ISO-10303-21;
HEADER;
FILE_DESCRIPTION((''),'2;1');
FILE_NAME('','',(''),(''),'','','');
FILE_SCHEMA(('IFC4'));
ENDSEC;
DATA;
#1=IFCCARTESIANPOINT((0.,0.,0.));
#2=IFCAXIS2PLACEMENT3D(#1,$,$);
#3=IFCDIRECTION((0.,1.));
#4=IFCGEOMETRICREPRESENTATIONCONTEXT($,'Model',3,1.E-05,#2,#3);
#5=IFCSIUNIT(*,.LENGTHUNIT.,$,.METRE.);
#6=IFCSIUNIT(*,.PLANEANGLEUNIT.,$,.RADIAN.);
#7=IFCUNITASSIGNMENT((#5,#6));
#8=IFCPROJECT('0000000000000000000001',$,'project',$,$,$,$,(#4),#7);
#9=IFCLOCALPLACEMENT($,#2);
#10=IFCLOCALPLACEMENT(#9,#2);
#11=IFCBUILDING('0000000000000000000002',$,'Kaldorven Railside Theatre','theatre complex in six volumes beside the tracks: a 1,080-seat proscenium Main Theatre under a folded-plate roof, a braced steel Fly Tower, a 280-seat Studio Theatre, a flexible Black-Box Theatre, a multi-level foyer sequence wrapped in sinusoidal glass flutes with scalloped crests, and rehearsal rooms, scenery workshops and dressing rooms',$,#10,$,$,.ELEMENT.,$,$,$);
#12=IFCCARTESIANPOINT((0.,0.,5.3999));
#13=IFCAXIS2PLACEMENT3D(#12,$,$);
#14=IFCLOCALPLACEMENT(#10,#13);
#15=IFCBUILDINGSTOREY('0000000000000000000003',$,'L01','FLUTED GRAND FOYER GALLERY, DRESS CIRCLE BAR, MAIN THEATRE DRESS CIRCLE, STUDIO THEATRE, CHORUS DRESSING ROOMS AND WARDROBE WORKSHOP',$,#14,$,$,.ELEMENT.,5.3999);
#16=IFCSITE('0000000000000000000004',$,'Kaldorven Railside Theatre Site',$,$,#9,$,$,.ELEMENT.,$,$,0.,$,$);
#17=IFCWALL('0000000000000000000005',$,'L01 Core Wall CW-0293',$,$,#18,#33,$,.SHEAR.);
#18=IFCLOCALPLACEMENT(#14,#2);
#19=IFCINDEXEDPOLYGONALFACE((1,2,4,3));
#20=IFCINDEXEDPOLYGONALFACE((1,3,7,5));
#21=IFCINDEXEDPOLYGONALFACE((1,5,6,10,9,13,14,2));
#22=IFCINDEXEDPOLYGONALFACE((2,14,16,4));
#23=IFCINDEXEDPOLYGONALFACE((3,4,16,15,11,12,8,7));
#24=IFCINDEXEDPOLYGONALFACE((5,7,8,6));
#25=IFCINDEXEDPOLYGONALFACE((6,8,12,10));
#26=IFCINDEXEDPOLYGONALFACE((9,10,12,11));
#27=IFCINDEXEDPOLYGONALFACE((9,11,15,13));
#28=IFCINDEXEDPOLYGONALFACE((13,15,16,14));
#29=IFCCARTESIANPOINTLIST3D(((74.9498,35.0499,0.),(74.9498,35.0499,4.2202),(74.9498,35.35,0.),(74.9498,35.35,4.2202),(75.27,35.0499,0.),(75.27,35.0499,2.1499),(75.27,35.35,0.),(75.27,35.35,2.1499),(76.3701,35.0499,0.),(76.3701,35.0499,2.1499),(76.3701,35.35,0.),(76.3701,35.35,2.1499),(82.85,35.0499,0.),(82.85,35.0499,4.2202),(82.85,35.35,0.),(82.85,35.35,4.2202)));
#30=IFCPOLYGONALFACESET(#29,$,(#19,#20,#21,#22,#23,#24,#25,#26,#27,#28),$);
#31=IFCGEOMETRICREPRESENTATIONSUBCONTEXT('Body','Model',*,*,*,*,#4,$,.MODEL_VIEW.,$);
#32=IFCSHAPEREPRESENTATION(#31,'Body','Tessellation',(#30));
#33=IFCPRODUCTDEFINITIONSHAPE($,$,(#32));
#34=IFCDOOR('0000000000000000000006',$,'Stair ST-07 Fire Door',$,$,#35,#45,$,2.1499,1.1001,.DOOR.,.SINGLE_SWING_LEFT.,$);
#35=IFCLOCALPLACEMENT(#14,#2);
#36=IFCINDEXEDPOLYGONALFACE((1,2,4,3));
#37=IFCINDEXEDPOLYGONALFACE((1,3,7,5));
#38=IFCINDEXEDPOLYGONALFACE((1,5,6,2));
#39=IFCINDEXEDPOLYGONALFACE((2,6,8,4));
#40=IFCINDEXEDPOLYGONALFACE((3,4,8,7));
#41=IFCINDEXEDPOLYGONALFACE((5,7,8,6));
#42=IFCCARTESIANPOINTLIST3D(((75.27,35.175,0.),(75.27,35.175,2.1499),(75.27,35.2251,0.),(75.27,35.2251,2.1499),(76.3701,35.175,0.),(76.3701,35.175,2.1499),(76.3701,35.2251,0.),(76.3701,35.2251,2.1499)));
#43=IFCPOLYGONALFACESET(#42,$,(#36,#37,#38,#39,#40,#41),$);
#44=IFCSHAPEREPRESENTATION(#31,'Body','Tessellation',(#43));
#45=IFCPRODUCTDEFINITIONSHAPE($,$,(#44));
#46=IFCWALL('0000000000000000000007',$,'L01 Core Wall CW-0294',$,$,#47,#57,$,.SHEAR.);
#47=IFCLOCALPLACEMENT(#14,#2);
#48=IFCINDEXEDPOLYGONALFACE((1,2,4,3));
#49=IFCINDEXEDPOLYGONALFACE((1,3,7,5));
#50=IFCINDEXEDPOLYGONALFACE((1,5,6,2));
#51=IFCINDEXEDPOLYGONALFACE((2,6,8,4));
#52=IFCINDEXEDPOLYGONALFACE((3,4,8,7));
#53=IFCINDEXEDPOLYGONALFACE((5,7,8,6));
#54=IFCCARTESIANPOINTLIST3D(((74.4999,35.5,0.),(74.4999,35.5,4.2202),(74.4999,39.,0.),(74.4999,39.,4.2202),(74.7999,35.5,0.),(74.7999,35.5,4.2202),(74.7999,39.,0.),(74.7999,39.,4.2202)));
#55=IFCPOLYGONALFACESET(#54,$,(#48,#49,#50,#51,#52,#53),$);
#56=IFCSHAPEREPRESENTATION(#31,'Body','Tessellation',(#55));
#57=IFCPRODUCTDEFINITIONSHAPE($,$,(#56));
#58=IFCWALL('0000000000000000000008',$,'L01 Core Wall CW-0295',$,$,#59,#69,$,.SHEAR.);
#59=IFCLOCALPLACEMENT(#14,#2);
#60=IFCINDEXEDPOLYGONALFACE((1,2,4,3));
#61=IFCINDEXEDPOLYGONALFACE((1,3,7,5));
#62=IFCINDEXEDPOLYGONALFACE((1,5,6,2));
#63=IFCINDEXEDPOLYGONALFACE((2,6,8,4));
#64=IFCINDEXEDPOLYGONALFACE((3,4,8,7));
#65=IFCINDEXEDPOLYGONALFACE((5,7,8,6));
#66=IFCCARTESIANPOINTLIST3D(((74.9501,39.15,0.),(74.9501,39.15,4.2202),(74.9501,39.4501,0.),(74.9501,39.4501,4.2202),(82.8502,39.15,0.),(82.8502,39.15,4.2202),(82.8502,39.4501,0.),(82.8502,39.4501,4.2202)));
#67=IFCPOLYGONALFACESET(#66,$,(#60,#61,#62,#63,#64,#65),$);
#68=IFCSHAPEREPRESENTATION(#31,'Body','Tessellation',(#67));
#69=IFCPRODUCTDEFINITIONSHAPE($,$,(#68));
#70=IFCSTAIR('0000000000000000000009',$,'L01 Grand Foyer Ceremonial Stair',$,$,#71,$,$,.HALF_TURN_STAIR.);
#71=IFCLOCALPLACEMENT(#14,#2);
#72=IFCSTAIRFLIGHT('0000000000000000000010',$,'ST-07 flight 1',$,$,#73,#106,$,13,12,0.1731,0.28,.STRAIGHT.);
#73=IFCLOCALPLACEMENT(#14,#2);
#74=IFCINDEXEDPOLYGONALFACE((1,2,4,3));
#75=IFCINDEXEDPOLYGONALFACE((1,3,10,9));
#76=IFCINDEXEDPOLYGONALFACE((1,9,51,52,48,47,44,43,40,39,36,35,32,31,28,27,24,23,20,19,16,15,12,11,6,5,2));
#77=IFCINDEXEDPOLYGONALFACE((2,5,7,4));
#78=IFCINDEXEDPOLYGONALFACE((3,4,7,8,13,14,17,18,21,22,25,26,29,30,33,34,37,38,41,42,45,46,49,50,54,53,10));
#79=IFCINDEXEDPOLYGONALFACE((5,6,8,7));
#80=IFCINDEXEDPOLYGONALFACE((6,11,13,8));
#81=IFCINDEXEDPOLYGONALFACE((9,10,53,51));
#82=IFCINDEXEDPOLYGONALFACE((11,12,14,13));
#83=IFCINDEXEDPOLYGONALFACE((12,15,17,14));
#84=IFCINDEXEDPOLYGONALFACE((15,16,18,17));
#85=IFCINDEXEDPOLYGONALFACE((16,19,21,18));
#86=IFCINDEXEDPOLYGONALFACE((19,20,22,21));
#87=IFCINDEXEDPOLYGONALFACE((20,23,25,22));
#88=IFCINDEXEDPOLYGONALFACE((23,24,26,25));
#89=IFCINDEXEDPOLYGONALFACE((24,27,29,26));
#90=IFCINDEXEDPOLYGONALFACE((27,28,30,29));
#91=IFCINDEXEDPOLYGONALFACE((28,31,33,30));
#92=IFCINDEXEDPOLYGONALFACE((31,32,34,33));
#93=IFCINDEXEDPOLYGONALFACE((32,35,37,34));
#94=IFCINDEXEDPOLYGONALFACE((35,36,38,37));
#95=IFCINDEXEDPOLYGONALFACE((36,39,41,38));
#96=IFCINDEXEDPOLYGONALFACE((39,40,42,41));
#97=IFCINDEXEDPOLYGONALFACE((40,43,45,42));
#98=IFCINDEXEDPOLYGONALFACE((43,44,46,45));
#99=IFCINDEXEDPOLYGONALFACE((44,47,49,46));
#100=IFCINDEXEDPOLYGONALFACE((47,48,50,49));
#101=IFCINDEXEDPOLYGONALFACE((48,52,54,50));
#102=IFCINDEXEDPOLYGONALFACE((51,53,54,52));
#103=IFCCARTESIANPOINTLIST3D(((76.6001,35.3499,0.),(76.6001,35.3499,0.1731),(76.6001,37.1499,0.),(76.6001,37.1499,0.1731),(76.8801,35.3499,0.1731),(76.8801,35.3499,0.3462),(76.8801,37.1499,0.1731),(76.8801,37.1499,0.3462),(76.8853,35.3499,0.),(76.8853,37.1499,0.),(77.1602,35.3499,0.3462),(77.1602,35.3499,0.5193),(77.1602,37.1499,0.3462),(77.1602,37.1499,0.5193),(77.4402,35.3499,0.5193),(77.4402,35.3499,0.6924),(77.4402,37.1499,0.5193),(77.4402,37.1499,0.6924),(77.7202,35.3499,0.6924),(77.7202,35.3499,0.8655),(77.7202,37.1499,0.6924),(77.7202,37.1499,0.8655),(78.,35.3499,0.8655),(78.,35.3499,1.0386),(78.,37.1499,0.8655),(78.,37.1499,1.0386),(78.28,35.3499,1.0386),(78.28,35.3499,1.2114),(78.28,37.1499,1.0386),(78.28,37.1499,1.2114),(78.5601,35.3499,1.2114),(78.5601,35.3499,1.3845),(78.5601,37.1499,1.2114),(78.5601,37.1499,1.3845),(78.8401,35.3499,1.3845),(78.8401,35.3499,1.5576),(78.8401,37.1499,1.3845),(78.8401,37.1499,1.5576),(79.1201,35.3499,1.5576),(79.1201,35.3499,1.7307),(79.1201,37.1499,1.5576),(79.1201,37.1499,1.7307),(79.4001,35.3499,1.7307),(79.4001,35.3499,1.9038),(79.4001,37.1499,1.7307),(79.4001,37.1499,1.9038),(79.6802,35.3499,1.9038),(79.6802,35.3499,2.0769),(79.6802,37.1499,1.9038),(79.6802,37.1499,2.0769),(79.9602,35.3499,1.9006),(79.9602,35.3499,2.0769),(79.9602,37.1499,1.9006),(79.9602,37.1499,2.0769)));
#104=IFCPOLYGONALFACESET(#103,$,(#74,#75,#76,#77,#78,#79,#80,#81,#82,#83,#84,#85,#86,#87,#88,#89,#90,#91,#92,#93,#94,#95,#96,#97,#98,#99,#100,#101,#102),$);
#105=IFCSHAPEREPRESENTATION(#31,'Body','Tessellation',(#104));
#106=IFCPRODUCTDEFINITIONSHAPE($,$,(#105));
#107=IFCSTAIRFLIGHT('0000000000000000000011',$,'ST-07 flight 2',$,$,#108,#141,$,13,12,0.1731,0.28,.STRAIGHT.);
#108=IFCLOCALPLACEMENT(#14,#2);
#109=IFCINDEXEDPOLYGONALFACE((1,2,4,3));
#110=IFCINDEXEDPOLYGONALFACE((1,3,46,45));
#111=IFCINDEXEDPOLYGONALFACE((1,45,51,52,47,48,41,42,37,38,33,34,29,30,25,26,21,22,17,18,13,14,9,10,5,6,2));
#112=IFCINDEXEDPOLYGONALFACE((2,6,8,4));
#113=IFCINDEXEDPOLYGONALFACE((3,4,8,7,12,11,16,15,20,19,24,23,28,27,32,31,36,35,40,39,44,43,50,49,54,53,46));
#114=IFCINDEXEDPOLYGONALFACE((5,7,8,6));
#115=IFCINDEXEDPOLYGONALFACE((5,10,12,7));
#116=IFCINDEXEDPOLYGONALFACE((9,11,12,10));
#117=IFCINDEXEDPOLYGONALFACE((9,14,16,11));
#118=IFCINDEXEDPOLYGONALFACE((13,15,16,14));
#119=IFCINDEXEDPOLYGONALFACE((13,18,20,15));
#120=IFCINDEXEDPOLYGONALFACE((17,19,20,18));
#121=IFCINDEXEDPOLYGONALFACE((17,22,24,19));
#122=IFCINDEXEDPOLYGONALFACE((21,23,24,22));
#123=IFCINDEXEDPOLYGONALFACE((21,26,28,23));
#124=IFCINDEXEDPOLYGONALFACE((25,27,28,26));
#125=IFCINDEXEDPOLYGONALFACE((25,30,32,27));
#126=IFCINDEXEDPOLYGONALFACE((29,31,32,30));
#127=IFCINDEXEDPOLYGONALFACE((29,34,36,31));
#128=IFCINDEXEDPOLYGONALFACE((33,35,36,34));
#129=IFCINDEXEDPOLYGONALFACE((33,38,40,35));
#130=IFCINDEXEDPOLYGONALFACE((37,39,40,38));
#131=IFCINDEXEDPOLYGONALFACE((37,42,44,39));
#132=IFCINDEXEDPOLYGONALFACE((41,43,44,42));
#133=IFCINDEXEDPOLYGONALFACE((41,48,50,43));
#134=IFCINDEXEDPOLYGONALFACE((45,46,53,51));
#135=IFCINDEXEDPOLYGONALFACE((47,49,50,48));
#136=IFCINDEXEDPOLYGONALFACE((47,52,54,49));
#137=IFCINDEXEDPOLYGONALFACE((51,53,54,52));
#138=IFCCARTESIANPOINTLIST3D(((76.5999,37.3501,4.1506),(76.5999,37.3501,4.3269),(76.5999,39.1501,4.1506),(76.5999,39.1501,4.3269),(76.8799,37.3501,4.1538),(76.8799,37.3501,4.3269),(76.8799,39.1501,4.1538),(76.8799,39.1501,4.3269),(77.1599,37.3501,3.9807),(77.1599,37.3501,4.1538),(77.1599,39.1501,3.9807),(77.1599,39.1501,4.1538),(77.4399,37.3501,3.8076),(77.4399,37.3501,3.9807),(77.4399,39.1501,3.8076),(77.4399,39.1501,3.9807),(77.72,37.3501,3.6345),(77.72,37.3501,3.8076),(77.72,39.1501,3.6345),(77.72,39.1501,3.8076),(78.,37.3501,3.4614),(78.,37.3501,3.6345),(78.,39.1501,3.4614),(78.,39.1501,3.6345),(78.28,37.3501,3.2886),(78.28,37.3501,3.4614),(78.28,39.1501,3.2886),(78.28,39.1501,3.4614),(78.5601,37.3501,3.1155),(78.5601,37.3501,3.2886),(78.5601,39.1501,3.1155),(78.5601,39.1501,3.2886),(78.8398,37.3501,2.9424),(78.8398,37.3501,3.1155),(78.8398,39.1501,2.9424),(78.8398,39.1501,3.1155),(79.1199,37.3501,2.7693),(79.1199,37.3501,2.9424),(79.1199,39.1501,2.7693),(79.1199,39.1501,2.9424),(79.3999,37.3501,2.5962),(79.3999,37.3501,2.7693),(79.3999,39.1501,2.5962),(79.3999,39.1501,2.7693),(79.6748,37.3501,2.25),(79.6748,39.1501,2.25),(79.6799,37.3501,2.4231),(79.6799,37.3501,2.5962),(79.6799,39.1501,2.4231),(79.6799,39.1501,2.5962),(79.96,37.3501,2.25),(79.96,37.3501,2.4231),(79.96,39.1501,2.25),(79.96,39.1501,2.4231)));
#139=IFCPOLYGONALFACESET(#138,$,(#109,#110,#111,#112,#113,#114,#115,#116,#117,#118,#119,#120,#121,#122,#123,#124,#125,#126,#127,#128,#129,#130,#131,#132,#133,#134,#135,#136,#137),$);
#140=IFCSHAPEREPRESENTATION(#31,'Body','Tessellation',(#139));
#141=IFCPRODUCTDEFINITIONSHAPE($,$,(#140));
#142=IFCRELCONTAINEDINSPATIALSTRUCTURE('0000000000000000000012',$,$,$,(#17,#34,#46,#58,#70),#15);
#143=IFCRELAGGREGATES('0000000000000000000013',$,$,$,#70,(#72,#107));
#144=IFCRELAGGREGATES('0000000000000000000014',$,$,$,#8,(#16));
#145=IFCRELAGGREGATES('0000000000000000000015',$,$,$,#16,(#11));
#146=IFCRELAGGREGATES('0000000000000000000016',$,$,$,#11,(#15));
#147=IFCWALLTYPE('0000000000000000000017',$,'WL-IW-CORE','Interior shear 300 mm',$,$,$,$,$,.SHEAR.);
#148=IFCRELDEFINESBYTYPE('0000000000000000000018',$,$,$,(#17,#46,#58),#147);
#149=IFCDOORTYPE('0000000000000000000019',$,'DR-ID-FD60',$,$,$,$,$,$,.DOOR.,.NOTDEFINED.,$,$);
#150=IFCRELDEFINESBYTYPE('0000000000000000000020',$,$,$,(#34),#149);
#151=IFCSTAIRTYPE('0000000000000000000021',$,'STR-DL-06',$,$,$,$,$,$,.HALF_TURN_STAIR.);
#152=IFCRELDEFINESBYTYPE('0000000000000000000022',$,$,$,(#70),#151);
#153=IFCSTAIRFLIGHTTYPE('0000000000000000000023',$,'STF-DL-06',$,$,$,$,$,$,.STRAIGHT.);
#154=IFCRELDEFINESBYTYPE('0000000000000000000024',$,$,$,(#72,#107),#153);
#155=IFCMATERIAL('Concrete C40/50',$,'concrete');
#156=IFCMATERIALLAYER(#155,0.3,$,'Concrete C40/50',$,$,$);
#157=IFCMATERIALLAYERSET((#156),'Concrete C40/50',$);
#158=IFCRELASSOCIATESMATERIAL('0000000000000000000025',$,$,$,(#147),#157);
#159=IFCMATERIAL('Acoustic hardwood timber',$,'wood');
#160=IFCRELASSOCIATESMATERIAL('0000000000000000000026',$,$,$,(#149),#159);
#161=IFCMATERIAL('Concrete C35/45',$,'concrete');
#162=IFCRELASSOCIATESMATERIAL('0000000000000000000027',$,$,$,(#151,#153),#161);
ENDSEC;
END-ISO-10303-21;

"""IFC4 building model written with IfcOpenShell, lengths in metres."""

from ifc_helpers import new_model, si_unit, direction, frame, frame_2d, origin, place, context, subcontext, project, spatial, polyline, rectangle, outline, extrude, material, layer, layer_set, type_object, element, fill, aggregate, save


model = new_model("IFC4")

# Units and contexts
model_context = context("Model", 3, precision=1e-05, world=origin(), true_north=direction((0.0, 1.0)))
body_context = subcontext(model_context, "Body", "Model", "MODEL_VIEW")
ifc_project = project(units=[si_unit("LENGTHUNIT", "METRE"), si_unit("PLANEANGLEUNIT", "RADIAN")], contexts=[model_context])

# Site, building, storey
site_placement = place(None, origin())
site = spatial("IfcSite", under=ifc_project, at=site_placement, Name="Kaldorven Railside Theatre Site", CompositionType="ELEMENT", RefElevation=0.0)
building_placement = place(site_placement, origin())
building = spatial("IfcBuilding", under=site, at=building_placement, Name="Kaldorven Railside Theatre", Description="theatre complex in six volumes beside the tracks: a 1,080-seat proscenium Main Theatre under a folded-plate roof, a braced steel Fly Tower, a 280-seat Studio Theatre, a flexible Black-Box Theatre, a multi-level foyer sequence wrapped in sinusoidal glass flutes with scalloped crests, and rehearsal rooms, scenery workshops and dressing rooms", CompositionType="ELEMENT")
storey_placement = place(building_placement, frame((0.0, 0.0, 5.3999)))
storey = spatial("IfcBuildingStorey", under=building, at=storey_placement, Name="L01", Description="FLUTED GRAND FOYER GALLERY, DRESS CIRCLE BAR, MAIN THEATRE DRESS CIRCLE, STUDIO THEATRE, CHORUS DRESSING ROOMS AND WARDROBE WORKSHOP", CompositionType="ELEMENT", Elevation=5.3999)

# Shared definitions
ifc_material_1 = material(Name="Concrete C40/50", Category="concrete")

# Wall, opening, door
ifc_layer = layer(ifc_material_1, 0.3, Name="Concrete C40/50")
ifc_layer_set = layer_set([ifc_layer], Name="Concrete C40/50")
wall_type = type_object("IfcWallType", Name="WL-IW-CORE", Description="Interior shear 300 mm", PredefinedType="SHEAR", material=ifc_layer_set)
wall_1_placement = place(storey_placement, frame((82.8501, 35.2, 0.0), z_axis=(0.0, 0.0, 1.0), x_axis=(-1.0, 0.0, 0.0)))
wall_1 = element("IfcWall", 1, at=wall_1_placement, inside=storey, type_object=wall_type, Name="L01 Core Wall CW-0293", PredefinedType="SHEAR", context=body_context, shape_type="SweptSolid", body=[
    extrude(rectangle(XDim=7.9001, YDim=0.3, at=frame_2d((3.9502, 0.0))), origin(), (0.0, 0.0, 1.0), 4.2202),
])
opening_placement = place(wall_1_placement, frame((6.48, 0.0, 0.0)))
opening = element("IfcOpeningElement", 2, at=opening_placement, cuts=wall_1, PredefinedType="OPENING", context=body_context, shape_type="SweptSolid", body=[
    extrude(rectangle(XDim=1.1001, YDim=2.1499, at=frame_2d((0.55, 1.075))), frame((0.0, 0.1602, 0.0), z_axis=(0.0, -1.0, 0.0), x_axis=(1.0, 0.0, 0.0)), (0.0, 0.0, 1.0), 0.3201),
])
ifc_material_2 = material(Name="Acoustic hardwood timber", Category="wood")
door_type = type_object("IfcDoorType", Name="DR-ID-FD60", OperationType="NOTDEFINED", PredefinedType="DOOR", material=ifc_material_2)
door_placement = place(opening_placement, origin())
door = element("IfcDoor", 3, at=door_placement, inside=storey, type_object=door_type, Name="Stair ST-07 Fire Door", OperationType="SINGLE_SWING_LEFT", OverallHeight=2.1499, OverallWidth=1.1001, PredefinedType="DOOR", context=body_context, shape_type="SweptSolid", body=[
    extrude(rectangle(XDim=1.1001, YDim=2.1499, at=frame_2d((0.55, 1.075))), frame((0.0, 0.0249, 0.0), z_axis=(0.0, -1.0, 0.0), x_axis=(1.0, 0.0, 0.0)), (0.0, 0.0, 1.0), 0.05),
])
fill(opening, door)

# Walls
wall_2_placement = place(storey_placement, frame((74.6499, 35.5, 0.0), z_axis=(0.0, 0.0, 1.0), x_axis=(0.0, 1.0, 0.0)))
element("IfcWall", 4, at=wall_2_placement, inside=storey, type_object=wall_type, Name="L01 Core Wall CW-0294", PredefinedType="SHEAR", context=body_context, shape_type="SweptSolid", body=[
    extrude(rectangle(XDim=3.5, YDim=0.3, at=frame_2d((1.75, 0.0))), origin(), (0.0, 0.0, 1.0), 4.2202),
])
wall_3_placement = place(storey_placement, frame((74.95, 39.3, 0.0), z_axis=(0.0, 0.0, 1.0), x_axis=(1.0, 0.0, 0.0)))
element("IfcWall", 5, at=wall_3_placement, inside=storey, type_object=wall_type, Name="L01 Core Wall CW-0295", PredefinedType="SHEAR", context=body_context, shape_type="SweptSolid", body=[
    extrude(rectangle(XDim=7.9001, YDim=0.3, at=frame_2d((3.9502, 0.0))), origin(), (0.0, 0.0, 1.0), 4.2202),
])

# Stair, stair flights
ifc_material_3 = material(Name="Concrete C35/45", Category="concrete")
stair_type = type_object("IfcStairType", Name="STR-DL-06", PredefinedType="HALF_TURN_STAIR", material=ifc_material_3)
stair_placement = place(storey_placement, origin())
stair = element("IfcStair", 6, at=stair_placement, inside=storey, type_object=stair_type, Name="L01 Grand Foyer Ceremonial Stair", PredefinedType="HALF_TURN_STAIR")
stair_flight_type = type_object("IfcStairFlightType", Name="STF-DL-06", PredefinedType="STRAIGHT", material=ifc_material_3)
stair_flight_1_placement = place(storey_placement, frame((76.6001, 36.25, 0.0), z_axis=(0.0, 0.0, 1.0), x_axis=(1.0, 0.0, 0.0)))
stair_flight_1 = element("IfcStairFlight", 7, at=stair_flight_1_placement, type_object=stair_flight_type, Name="ST-07 flight 1", NumberOfRisers=13, NumberOfTreads=12, PredefinedType="STRAIGHT", RiserHeight=0.1731, TreadLength=0.28, context=body_context, shape_type="SweptSolid", body=[
    extrude(outline(polyline([(0.0, 0.0), (0.0, 0.1731), (0.28, 0.1731), (0.28, 0.3462), (0.5601, 0.3462), (0.5601, 0.5193), (0.8401, 0.5193), (0.8401, 0.6924), (1.1201, 0.6924), (1.1201, 0.8655), (1.3999, 0.8655), (1.3999, 1.0386), (1.6799, 1.0386), (1.6799, 1.2114), (1.96, 1.2114), (1.96, 1.3845), (2.24, 1.3845), (2.24, 1.5576), (2.52, 1.5576), (2.52, 1.7307), (2.8, 1.7307), (2.8, 1.9038), (3.0801, 1.9038), (3.0801, 2.0769), (3.3601, 2.0769), (3.3601, 2.25), (3.3601, 1.9006), (0.2852, 0.0), (0.0, 0.0)])), frame((0.0, 0.8999, 0.0), z_axis=(0.0, -1.0, 0.0), x_axis=(1.0, 0.0, 0.0)), (0.0, 0.0, 1.0), 1.8),
])
stair_flight_2_placement = place(storey_placement, frame((79.96, 38.25, 2.25), z_axis=(0.0, 0.0, 1.0), x_axis=(-1.0, 0.0, 0.0)))
stair_flight_2 = element("IfcStairFlight", 8, at=stair_flight_2_placement, type_object=stair_flight_type, Name="ST-07 flight 2", NumberOfRisers=13, NumberOfTreads=12, PredefinedType="STRAIGHT", RiserHeight=0.1731, TreadLength=0.28, context=body_context, shape_type="SweptSolid", body=[
    extrude(outline(polyline([(0.0, 0.0), (0.0, 0.1731), (0.28, 0.1731), (0.28, 0.3462), (0.5601, 0.3462), (0.5601, 0.5193), (0.8401, 0.5193), (0.8401, 0.6924), (1.1201, 0.6924), (1.1201, 0.8655), (1.3999, 0.8655), (1.3999, 1.0386), (1.6799, 1.0386), (1.6799, 1.2114), (1.96, 1.2114), (1.96, 1.3845), (2.24, 1.3845), (2.24, 1.5576), (2.52, 1.5576), (2.52, 1.7307), (2.8, 1.7307), (2.8, 1.9038), (3.0801, 1.9038), (3.0801, 2.0769), (3.3601, 2.0769), (3.3601, 2.25), (3.3601, 1.9006), (0.2852, 0.0), (0.0, 0.0)])), frame((0.0, 0.8999, 0.0), z_axis=(0.0, -1.0, 0.0), x_axis=(1.0, 0.0, 0.0)), (0.0, 0.0, 1.0), 1.8),
])
aggregate(stair, [stair_flight_1, stair_flight_2])

save(model, "model.ifc")
